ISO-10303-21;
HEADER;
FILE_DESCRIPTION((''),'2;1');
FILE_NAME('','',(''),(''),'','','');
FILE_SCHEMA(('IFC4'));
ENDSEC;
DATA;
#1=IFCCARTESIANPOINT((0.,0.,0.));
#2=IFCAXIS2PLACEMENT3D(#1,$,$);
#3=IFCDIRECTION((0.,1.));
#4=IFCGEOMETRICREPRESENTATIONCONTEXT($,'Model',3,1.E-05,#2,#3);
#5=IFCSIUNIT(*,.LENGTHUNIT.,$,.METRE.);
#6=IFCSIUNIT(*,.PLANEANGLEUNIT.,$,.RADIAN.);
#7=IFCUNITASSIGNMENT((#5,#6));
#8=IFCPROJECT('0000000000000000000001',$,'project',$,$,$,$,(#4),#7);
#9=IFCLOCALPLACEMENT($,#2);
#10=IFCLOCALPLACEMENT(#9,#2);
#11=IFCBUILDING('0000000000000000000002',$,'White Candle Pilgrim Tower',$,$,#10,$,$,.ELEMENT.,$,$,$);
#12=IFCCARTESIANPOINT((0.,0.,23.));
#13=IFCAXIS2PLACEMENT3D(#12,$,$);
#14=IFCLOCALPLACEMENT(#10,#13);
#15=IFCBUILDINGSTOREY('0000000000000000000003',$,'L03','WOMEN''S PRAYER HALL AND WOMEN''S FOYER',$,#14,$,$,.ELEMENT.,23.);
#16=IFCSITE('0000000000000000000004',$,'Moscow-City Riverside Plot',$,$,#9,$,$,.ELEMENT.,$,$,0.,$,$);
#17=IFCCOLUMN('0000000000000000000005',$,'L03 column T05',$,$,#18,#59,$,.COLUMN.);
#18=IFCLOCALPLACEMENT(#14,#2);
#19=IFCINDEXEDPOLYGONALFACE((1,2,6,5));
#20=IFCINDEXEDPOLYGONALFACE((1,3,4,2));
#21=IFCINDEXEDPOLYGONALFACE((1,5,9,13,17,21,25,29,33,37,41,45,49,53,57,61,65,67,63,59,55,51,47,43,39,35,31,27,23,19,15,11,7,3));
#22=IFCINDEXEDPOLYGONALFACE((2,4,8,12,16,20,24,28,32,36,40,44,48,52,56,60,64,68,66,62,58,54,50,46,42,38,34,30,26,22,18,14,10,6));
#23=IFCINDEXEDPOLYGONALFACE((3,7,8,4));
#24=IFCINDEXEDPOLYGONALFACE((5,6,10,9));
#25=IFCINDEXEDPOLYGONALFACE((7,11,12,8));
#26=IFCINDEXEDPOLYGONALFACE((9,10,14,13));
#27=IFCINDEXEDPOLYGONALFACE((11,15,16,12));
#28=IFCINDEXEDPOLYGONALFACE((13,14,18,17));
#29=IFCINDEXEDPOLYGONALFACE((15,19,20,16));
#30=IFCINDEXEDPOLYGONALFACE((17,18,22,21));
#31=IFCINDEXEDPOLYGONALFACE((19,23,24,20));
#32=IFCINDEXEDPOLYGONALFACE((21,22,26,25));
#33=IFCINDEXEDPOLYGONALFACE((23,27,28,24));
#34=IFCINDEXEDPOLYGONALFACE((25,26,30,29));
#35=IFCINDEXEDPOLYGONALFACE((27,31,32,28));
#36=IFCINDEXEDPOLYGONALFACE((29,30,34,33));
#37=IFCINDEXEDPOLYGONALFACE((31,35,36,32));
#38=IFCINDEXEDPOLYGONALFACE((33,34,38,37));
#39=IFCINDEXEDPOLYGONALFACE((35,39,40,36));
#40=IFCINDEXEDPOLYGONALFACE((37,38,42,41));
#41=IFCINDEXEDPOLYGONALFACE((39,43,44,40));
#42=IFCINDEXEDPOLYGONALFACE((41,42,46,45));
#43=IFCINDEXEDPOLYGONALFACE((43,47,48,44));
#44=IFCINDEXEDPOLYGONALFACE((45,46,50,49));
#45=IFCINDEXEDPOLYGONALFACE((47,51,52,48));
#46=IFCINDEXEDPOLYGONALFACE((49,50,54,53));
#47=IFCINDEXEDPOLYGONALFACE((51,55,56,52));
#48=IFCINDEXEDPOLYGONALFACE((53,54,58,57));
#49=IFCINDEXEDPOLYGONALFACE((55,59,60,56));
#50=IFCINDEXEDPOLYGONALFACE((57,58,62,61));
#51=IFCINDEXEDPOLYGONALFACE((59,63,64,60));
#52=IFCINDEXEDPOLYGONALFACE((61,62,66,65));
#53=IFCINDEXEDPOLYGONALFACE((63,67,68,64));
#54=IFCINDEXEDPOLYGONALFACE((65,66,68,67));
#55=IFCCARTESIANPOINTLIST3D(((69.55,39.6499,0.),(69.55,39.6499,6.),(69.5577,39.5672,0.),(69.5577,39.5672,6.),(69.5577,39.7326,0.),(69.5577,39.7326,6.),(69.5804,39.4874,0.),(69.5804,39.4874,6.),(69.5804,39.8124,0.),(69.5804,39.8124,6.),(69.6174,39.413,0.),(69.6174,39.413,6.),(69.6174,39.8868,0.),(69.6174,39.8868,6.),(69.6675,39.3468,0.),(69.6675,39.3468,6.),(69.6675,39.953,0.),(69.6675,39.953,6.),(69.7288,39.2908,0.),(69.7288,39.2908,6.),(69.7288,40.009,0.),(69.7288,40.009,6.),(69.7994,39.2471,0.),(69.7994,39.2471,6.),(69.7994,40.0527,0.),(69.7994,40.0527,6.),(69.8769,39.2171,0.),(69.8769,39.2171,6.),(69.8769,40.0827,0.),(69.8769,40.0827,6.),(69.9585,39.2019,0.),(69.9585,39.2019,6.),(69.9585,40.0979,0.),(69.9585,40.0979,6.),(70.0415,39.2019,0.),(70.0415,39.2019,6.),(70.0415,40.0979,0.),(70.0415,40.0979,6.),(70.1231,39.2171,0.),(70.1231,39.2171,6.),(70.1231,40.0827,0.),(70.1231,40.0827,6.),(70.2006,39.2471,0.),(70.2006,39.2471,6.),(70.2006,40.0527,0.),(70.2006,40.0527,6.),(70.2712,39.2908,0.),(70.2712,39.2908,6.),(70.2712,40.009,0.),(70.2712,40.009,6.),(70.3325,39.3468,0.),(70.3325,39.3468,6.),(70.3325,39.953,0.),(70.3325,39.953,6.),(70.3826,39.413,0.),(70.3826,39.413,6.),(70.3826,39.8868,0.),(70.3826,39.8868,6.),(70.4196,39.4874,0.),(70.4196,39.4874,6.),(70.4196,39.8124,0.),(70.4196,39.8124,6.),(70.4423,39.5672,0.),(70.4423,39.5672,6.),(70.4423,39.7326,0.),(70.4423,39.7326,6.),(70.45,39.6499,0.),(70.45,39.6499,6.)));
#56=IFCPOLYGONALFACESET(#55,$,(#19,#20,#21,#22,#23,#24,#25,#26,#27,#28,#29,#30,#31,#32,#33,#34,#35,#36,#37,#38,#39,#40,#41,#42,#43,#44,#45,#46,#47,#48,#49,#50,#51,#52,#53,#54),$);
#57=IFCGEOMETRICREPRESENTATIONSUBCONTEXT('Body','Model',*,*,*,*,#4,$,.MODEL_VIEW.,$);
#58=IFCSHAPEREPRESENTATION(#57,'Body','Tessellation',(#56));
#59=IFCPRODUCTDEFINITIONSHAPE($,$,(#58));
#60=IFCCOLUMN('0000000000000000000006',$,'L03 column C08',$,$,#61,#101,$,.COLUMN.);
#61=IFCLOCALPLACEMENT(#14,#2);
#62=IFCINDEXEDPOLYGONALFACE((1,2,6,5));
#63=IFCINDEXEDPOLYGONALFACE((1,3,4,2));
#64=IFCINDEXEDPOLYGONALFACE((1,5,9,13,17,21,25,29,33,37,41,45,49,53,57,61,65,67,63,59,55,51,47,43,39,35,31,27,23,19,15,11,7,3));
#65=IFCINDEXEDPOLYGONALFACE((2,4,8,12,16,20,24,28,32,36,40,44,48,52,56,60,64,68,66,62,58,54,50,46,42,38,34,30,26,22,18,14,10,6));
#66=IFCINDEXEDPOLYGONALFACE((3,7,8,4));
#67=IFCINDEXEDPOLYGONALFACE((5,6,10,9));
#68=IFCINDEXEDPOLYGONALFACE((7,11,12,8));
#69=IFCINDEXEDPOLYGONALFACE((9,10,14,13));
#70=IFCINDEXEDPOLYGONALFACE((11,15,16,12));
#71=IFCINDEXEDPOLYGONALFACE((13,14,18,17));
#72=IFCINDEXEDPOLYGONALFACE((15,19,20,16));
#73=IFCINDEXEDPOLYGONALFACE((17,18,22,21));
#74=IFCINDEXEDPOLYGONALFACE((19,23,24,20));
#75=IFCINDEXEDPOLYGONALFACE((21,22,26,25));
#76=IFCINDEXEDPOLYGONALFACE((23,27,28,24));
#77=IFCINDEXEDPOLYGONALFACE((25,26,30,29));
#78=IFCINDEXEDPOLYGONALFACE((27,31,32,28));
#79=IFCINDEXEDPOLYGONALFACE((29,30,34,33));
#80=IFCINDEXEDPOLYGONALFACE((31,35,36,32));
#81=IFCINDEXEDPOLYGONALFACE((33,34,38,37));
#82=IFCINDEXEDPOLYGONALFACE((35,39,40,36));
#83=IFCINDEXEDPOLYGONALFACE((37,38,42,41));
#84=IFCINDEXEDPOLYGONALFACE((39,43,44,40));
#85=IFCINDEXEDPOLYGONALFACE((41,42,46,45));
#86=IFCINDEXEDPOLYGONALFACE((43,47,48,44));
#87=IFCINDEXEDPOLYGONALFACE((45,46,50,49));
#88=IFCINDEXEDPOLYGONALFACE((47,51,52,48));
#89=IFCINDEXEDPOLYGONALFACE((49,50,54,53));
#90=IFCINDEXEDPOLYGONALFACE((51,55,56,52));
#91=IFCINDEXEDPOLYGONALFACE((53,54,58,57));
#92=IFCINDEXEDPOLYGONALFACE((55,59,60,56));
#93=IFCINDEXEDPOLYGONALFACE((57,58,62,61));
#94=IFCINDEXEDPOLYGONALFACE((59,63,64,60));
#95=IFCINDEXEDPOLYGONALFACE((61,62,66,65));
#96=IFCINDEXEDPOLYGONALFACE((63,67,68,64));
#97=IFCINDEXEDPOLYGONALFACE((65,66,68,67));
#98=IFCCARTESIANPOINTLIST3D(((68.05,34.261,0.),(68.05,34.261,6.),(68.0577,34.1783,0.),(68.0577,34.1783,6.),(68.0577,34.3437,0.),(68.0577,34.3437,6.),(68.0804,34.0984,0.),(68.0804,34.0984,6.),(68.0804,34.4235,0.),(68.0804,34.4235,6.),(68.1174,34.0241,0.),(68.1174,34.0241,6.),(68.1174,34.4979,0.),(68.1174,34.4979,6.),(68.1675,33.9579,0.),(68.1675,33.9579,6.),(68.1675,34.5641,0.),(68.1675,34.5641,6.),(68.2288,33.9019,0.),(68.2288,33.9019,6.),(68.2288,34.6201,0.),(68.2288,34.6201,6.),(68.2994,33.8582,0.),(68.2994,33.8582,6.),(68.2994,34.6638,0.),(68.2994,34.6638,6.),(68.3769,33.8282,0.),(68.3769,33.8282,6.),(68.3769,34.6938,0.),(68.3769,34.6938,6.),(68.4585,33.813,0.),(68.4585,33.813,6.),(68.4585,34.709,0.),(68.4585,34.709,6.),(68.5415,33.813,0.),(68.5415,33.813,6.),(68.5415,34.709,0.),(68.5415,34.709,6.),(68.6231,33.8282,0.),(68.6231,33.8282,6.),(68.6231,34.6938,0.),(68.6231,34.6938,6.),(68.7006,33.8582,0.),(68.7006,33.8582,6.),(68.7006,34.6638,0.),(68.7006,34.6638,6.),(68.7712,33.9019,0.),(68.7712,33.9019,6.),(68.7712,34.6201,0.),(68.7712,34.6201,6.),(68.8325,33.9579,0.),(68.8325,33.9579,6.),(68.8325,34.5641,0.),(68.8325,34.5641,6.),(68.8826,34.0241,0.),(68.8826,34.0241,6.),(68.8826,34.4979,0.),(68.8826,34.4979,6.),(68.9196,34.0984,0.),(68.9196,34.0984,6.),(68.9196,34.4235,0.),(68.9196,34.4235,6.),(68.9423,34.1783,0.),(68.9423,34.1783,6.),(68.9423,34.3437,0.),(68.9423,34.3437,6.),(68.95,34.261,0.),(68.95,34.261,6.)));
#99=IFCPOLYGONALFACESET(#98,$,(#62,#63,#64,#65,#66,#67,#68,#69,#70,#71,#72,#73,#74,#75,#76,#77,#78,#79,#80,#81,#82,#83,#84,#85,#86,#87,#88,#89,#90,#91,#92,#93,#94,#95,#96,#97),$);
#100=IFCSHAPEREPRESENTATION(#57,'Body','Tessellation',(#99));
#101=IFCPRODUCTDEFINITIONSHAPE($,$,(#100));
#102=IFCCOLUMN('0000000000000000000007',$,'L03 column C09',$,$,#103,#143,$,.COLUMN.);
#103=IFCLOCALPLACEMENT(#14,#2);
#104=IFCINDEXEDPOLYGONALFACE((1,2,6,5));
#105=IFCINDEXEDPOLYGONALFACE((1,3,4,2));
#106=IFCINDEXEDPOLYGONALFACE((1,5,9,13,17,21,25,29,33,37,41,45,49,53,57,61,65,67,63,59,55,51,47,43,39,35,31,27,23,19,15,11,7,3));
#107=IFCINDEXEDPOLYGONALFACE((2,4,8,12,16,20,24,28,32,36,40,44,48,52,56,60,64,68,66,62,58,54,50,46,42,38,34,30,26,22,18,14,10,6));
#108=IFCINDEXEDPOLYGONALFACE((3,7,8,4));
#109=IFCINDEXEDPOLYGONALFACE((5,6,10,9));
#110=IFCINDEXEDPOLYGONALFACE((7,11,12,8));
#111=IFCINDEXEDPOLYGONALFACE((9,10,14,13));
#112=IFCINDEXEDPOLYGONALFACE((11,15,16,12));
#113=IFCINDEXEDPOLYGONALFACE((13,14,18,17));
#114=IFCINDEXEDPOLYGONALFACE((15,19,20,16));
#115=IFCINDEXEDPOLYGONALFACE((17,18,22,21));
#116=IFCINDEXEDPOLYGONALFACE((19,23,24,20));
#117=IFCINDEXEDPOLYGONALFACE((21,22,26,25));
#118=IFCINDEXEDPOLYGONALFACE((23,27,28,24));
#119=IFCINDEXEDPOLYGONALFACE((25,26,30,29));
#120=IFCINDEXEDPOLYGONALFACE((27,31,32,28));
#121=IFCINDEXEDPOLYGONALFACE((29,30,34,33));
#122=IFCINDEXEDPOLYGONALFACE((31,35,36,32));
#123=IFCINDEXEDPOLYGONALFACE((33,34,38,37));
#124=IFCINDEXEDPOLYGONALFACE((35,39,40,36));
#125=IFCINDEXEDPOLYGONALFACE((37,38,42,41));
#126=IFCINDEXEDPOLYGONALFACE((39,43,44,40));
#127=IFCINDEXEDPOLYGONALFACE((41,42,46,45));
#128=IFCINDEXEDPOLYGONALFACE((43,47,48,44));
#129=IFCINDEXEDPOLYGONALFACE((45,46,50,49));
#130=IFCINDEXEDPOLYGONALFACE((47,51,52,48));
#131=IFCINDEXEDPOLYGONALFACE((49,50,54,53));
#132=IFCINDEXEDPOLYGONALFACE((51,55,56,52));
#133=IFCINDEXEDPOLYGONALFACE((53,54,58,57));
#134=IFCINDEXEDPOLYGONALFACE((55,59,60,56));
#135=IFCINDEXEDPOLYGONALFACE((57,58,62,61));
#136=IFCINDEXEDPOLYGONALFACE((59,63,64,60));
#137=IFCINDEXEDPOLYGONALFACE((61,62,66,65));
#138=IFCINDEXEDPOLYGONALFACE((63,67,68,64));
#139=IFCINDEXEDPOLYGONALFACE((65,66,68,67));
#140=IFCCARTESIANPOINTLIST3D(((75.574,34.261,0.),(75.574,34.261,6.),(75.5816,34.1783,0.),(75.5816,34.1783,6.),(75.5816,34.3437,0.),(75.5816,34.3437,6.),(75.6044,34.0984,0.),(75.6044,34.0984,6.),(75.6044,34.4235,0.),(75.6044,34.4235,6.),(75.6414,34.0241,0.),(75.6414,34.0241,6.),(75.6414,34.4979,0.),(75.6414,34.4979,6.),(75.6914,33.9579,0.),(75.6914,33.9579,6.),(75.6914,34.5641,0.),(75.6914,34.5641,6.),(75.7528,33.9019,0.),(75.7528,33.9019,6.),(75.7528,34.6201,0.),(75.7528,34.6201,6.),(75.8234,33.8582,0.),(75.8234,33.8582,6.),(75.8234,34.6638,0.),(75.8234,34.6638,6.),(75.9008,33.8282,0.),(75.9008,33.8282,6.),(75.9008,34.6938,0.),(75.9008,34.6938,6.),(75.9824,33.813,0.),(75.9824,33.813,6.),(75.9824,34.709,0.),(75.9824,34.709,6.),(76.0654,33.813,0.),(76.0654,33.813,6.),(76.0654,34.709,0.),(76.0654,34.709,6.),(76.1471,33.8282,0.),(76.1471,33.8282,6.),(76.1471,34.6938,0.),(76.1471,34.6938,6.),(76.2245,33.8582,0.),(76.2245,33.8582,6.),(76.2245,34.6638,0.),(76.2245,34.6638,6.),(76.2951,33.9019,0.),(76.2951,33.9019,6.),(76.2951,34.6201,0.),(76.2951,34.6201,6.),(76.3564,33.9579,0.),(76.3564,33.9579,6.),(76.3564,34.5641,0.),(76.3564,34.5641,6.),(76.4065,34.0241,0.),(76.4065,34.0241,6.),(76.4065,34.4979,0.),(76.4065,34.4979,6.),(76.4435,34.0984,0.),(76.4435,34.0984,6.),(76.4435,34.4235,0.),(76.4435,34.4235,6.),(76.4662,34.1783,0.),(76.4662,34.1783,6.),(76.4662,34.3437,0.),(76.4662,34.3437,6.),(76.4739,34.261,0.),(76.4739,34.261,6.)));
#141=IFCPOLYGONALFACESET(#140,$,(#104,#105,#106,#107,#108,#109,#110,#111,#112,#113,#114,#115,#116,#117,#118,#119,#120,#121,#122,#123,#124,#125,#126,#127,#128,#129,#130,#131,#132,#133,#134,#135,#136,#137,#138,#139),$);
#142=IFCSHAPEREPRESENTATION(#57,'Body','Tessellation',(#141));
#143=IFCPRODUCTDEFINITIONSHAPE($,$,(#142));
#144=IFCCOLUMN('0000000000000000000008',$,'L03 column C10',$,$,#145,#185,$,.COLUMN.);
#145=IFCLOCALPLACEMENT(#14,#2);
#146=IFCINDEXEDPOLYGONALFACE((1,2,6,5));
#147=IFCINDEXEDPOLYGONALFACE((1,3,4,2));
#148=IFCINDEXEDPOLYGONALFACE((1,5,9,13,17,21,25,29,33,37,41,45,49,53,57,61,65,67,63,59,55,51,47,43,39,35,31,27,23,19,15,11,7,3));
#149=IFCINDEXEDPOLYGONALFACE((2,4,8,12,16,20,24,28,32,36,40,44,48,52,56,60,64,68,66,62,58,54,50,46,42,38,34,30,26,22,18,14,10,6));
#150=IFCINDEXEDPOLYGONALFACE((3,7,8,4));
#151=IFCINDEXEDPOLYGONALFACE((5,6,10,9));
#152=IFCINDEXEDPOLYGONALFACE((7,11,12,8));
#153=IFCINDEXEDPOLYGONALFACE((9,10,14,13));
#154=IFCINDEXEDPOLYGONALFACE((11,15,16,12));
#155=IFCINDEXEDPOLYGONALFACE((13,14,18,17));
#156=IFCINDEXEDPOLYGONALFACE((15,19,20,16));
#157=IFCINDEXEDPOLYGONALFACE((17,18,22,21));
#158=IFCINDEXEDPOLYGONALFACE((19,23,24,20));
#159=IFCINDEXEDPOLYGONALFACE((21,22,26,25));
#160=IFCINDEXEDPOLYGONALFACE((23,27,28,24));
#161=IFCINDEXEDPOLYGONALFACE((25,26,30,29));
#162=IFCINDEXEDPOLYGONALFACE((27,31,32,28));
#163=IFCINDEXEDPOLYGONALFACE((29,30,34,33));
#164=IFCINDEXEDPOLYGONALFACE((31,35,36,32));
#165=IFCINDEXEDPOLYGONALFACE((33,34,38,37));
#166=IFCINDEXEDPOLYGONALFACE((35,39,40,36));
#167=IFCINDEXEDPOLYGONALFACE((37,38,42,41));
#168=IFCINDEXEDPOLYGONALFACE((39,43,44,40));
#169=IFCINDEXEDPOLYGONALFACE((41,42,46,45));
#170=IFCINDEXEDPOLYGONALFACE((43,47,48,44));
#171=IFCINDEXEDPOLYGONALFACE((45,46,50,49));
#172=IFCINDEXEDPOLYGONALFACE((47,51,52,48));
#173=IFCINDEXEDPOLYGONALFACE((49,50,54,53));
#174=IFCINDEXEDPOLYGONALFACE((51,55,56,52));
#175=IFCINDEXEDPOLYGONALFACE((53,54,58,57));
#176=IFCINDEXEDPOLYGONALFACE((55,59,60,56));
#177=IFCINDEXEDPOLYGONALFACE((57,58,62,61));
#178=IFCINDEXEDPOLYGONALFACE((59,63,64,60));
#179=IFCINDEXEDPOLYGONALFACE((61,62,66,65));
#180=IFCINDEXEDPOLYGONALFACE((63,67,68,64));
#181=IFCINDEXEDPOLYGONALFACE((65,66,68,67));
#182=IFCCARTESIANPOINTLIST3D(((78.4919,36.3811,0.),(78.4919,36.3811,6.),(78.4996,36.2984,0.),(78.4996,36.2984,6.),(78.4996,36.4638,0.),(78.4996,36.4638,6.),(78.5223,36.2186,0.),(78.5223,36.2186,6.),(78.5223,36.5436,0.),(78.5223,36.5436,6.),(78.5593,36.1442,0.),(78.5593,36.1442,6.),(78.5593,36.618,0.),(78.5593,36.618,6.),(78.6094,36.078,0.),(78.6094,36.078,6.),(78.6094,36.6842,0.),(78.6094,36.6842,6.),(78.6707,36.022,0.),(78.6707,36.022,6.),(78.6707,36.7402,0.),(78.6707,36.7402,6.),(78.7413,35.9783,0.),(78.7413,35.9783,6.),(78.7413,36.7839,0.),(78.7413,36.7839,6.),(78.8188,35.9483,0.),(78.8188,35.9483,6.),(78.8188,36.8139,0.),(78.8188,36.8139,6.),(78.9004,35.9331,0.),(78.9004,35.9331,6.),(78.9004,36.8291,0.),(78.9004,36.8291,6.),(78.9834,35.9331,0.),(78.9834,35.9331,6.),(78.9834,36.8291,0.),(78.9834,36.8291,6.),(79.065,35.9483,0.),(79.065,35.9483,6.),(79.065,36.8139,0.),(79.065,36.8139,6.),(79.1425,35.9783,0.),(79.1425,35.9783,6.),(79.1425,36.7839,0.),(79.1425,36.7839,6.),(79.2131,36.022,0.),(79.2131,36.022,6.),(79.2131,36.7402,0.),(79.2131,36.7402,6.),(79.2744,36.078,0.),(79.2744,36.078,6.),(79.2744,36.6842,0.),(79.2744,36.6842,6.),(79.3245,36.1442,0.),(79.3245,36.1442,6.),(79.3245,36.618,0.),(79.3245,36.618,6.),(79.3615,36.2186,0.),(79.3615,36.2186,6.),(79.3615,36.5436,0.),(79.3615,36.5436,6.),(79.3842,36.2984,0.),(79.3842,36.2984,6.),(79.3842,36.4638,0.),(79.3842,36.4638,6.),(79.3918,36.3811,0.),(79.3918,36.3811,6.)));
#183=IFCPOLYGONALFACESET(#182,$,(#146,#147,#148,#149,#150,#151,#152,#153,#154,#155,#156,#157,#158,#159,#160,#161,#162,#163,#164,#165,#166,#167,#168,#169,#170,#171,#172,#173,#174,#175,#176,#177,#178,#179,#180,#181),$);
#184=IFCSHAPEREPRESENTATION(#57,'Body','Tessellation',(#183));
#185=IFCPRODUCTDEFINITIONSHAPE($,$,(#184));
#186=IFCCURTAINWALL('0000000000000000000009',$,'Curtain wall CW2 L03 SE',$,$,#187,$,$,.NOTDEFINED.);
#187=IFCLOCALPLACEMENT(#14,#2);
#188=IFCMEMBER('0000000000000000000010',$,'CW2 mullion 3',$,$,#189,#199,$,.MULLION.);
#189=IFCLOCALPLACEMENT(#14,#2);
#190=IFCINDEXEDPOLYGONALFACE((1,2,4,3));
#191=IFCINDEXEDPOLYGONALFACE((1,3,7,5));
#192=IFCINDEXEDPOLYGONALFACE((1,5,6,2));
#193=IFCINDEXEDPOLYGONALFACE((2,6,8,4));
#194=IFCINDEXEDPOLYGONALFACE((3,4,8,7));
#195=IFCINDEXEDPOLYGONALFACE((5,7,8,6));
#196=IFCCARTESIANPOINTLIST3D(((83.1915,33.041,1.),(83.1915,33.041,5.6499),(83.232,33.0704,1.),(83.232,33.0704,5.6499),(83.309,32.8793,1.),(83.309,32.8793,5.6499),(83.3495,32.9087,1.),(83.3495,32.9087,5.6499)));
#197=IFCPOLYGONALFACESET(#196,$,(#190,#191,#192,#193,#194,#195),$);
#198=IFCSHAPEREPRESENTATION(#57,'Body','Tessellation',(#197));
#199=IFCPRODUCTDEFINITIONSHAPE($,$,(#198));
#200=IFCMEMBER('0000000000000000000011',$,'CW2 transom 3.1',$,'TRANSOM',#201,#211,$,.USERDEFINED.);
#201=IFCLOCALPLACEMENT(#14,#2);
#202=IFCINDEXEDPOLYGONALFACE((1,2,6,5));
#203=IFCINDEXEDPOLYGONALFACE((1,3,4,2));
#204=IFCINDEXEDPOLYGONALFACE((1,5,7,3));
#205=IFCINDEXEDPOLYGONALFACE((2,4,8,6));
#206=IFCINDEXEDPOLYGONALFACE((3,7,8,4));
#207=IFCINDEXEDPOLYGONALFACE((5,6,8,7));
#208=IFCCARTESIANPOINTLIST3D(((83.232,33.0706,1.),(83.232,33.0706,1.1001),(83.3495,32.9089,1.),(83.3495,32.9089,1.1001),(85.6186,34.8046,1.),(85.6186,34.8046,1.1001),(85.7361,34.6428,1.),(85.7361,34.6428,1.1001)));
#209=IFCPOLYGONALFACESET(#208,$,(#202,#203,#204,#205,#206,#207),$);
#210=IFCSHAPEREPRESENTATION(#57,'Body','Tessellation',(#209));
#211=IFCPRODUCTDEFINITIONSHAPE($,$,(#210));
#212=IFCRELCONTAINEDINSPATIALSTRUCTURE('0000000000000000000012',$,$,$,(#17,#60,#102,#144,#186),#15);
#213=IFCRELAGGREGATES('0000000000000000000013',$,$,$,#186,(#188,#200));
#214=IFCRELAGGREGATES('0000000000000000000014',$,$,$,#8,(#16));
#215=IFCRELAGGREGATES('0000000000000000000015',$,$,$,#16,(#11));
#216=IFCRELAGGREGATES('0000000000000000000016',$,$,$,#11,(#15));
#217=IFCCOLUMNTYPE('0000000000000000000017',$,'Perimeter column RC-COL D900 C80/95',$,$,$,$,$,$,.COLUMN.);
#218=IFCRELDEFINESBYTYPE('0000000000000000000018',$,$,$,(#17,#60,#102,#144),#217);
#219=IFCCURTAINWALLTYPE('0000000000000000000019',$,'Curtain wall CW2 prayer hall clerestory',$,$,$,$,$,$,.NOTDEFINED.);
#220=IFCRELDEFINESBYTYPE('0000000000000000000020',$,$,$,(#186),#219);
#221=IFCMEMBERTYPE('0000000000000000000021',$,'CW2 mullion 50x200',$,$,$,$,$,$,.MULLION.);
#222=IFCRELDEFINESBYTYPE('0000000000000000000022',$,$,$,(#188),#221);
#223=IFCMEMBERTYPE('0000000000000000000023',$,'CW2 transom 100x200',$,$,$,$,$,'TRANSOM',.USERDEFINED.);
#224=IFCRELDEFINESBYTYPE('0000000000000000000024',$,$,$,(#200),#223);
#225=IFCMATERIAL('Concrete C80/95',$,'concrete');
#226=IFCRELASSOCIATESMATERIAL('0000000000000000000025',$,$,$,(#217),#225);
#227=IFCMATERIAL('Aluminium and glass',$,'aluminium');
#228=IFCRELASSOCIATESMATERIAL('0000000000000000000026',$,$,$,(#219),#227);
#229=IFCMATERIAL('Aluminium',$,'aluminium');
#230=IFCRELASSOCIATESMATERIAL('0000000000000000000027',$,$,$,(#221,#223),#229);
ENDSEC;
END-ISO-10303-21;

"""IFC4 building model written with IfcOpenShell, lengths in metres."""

from ifc_helpers import new_model, si_unit, direction, frame, origin, origin_2d, place, context, subcontext, project, spatial, rectangle, circle, extrude, material, material_profile, profile_set, type_object, element, aggregate, save


model = new_model("IFC4")

# Units and contexts
model_context = context("Model", 3, precision=1e-05, world=origin(), true_north=direction((0.0, 1.0)))
body_context = subcontext(model_context, "Body", "Model", "MODEL_VIEW")
ifc_project = project(units=[si_unit("LENGTHUNIT", "METRE"), si_unit("PLANEANGLEUNIT", "RADIAN")], contexts=[model_context])

# Site, building, storey
site_placement = place(None, origin())
site = spatial("IfcSite", under=ifc_project, at=site_placement, Name="Moscow-City Riverside Plot", CompositionType="ELEMENT", RefElevation=0.0)
building_placement = place(site_placement, origin())
building = spatial("IfcBuilding", under=site, at=building_placement, Name="White Candle Pilgrim Tower", CompositionType="ELEMENT")
storey_placement = place(building_placement, frame((0.0, 0.0, 23.0)))
storey = spatial("IfcBuildingStorey", under=building, at=storey_placement, Name="L03", Description="WOMEN'S PRAYER HALL AND WOMEN'S FOYER", CompositionType="ELEMENT", Elevation=23.0)

# Columns
ifc_material_1 = material(Name="Concrete C80/95", Category="concrete")
ifc_material_profile_1 = material_profile(ifc_material_1, circle(Radius=0.45, at=origin_2d()), Name="RC-COL D900")
ifc_profile_set_1 = profile_set([ifc_material_profile_1], Name="Concrete C80/95")
column_type = type_object("IfcColumnType", Name="Perimeter column RC-COL D900 C80/95", PredefinedType="COLUMN", material=ifc_profile_set_1)
for number, where, z_axis, x_axis, name in (
    (1, (70.0, 39.6499, 0.0), (0.0, 0.0, 1.0), (1.0, 0.0, 0.0), "L03 column T05"),
    (2, (68.5, 34.261, 0.0), (0.0, 0.0, 1.0), (1.0, 0.0, 0.0), "L03 column C08"),
    (3, (76.0239, 34.261, 0.0), (0.0, 0.0, 1.0), (1.0, 0.0, 0.0), "L03 column C09"),
    (4, (78.9419, 36.3811, 0.0), (0.0, 0.0, 1.0), (1.0, 0.0, 0.0), "L03 column C10"),
):
    element("IfcColumn", number, at=place(storey_placement, frame(where, z_axis=z_axis, x_axis=x_axis)), inside=storey, type_object=column_type, Name=name, PredefinedType="COLUMN", context=body_context, shape_type="SweptSolid", body=[
        extrude(circle(Radius=0.45, at=origin_2d()), origin(), (0.0, 0.0, 1.0), 6.0),
    ])

# Curtain wall, members
ifc_material_2 = material(Name="Aluminium and glass", Category="aluminium")
curtain_wall_type = type_object("IfcCurtainWallType", Name="Curtain wall CW2 prayer hall clerestory", PredefinedType="NOTDEFINED", material=ifc_material_2)
curtain_wall_placement = place(storey_placement, origin())
curtain_wall = element("IfcCurtainWall", 5, at=curtain_wall_placement, inside=storey, type_object=curtain_wall_type, Name="Curtain wall CW2 L03 SE", PredefinedType="NOTDEFINED")
ifc_material_3 = material(Name="Aluminium", Category="aluminium")
ifc_material_profile_2 = material_profile(ifc_material_3, rectangle(XDim=0.2, YDim=0.05, at=origin_2d()), Name="CW2 mullion 50x200")
ifc_profile_set_2 = profile_set([ifc_material_profile_2], Name="Aluminium")
member_type_1 = type_object("IfcMemberType", Name="CW2 mullion 50x200", PredefinedType="MULLION", material=ifc_profile_set_2)
member_1_placement = place(storey_placement, frame((83.2705, 32.9749, 1.0), z_axis=(0.0, 0.0, 1.0), x_axis=(-0.587785, 0.809017, 0.0)))
member_1 = element("IfcMember", 6, at=member_1_placement, type_object=member_type_1, Name="CW2 mullion 3", PredefinedType="MULLION", context=body_context, shape_type="SweptSolid", body=[
    extrude(rectangle(XDim=0.2, YDim=0.05, at=origin_2d()), origin(), (0.0, 0.0, 1.0), 4.6499),
])
ifc_material_profile_3 = material_profile(ifc_material_3, rectangle(XDim=0.2, YDim=0.1001, at=origin_2d()), Name="CW2 transom 100x200")
ifc_profile_set_3 = profile_set([ifc_material_profile_3], Name="Aluminium")
member_type_2 = type_object("IfcMemberType", Name="CW2 transom 100x200", ElementType="TRANSOM", PredefinedType="USERDEFINED", material=ifc_profile_set_3)
member_2_placement = place(storey_placement, frame((83.2908, 32.9897, 1.05), z_axis=(0.809015, 0.587788, 0.0), x_axis=(-0.587788, 0.809015, 0.0)))
member_2 = element("IfcMember", 7, at=member_2_placement, type_object=member_type_2, Name="CW2 transom 3.1", ObjectType="TRANSOM", PredefinedType="USERDEFINED", context=body_context, shape_type="SweptSolid", body=[
    extrude(rectangle(XDim=0.2, YDim=0.1001, at=origin_2d()), origin(), (0.0, 0.0, 1.0), 2.95),
])

aggregate(curtain_wall, [member_1, member_2])

save(model, "model.ifc")
